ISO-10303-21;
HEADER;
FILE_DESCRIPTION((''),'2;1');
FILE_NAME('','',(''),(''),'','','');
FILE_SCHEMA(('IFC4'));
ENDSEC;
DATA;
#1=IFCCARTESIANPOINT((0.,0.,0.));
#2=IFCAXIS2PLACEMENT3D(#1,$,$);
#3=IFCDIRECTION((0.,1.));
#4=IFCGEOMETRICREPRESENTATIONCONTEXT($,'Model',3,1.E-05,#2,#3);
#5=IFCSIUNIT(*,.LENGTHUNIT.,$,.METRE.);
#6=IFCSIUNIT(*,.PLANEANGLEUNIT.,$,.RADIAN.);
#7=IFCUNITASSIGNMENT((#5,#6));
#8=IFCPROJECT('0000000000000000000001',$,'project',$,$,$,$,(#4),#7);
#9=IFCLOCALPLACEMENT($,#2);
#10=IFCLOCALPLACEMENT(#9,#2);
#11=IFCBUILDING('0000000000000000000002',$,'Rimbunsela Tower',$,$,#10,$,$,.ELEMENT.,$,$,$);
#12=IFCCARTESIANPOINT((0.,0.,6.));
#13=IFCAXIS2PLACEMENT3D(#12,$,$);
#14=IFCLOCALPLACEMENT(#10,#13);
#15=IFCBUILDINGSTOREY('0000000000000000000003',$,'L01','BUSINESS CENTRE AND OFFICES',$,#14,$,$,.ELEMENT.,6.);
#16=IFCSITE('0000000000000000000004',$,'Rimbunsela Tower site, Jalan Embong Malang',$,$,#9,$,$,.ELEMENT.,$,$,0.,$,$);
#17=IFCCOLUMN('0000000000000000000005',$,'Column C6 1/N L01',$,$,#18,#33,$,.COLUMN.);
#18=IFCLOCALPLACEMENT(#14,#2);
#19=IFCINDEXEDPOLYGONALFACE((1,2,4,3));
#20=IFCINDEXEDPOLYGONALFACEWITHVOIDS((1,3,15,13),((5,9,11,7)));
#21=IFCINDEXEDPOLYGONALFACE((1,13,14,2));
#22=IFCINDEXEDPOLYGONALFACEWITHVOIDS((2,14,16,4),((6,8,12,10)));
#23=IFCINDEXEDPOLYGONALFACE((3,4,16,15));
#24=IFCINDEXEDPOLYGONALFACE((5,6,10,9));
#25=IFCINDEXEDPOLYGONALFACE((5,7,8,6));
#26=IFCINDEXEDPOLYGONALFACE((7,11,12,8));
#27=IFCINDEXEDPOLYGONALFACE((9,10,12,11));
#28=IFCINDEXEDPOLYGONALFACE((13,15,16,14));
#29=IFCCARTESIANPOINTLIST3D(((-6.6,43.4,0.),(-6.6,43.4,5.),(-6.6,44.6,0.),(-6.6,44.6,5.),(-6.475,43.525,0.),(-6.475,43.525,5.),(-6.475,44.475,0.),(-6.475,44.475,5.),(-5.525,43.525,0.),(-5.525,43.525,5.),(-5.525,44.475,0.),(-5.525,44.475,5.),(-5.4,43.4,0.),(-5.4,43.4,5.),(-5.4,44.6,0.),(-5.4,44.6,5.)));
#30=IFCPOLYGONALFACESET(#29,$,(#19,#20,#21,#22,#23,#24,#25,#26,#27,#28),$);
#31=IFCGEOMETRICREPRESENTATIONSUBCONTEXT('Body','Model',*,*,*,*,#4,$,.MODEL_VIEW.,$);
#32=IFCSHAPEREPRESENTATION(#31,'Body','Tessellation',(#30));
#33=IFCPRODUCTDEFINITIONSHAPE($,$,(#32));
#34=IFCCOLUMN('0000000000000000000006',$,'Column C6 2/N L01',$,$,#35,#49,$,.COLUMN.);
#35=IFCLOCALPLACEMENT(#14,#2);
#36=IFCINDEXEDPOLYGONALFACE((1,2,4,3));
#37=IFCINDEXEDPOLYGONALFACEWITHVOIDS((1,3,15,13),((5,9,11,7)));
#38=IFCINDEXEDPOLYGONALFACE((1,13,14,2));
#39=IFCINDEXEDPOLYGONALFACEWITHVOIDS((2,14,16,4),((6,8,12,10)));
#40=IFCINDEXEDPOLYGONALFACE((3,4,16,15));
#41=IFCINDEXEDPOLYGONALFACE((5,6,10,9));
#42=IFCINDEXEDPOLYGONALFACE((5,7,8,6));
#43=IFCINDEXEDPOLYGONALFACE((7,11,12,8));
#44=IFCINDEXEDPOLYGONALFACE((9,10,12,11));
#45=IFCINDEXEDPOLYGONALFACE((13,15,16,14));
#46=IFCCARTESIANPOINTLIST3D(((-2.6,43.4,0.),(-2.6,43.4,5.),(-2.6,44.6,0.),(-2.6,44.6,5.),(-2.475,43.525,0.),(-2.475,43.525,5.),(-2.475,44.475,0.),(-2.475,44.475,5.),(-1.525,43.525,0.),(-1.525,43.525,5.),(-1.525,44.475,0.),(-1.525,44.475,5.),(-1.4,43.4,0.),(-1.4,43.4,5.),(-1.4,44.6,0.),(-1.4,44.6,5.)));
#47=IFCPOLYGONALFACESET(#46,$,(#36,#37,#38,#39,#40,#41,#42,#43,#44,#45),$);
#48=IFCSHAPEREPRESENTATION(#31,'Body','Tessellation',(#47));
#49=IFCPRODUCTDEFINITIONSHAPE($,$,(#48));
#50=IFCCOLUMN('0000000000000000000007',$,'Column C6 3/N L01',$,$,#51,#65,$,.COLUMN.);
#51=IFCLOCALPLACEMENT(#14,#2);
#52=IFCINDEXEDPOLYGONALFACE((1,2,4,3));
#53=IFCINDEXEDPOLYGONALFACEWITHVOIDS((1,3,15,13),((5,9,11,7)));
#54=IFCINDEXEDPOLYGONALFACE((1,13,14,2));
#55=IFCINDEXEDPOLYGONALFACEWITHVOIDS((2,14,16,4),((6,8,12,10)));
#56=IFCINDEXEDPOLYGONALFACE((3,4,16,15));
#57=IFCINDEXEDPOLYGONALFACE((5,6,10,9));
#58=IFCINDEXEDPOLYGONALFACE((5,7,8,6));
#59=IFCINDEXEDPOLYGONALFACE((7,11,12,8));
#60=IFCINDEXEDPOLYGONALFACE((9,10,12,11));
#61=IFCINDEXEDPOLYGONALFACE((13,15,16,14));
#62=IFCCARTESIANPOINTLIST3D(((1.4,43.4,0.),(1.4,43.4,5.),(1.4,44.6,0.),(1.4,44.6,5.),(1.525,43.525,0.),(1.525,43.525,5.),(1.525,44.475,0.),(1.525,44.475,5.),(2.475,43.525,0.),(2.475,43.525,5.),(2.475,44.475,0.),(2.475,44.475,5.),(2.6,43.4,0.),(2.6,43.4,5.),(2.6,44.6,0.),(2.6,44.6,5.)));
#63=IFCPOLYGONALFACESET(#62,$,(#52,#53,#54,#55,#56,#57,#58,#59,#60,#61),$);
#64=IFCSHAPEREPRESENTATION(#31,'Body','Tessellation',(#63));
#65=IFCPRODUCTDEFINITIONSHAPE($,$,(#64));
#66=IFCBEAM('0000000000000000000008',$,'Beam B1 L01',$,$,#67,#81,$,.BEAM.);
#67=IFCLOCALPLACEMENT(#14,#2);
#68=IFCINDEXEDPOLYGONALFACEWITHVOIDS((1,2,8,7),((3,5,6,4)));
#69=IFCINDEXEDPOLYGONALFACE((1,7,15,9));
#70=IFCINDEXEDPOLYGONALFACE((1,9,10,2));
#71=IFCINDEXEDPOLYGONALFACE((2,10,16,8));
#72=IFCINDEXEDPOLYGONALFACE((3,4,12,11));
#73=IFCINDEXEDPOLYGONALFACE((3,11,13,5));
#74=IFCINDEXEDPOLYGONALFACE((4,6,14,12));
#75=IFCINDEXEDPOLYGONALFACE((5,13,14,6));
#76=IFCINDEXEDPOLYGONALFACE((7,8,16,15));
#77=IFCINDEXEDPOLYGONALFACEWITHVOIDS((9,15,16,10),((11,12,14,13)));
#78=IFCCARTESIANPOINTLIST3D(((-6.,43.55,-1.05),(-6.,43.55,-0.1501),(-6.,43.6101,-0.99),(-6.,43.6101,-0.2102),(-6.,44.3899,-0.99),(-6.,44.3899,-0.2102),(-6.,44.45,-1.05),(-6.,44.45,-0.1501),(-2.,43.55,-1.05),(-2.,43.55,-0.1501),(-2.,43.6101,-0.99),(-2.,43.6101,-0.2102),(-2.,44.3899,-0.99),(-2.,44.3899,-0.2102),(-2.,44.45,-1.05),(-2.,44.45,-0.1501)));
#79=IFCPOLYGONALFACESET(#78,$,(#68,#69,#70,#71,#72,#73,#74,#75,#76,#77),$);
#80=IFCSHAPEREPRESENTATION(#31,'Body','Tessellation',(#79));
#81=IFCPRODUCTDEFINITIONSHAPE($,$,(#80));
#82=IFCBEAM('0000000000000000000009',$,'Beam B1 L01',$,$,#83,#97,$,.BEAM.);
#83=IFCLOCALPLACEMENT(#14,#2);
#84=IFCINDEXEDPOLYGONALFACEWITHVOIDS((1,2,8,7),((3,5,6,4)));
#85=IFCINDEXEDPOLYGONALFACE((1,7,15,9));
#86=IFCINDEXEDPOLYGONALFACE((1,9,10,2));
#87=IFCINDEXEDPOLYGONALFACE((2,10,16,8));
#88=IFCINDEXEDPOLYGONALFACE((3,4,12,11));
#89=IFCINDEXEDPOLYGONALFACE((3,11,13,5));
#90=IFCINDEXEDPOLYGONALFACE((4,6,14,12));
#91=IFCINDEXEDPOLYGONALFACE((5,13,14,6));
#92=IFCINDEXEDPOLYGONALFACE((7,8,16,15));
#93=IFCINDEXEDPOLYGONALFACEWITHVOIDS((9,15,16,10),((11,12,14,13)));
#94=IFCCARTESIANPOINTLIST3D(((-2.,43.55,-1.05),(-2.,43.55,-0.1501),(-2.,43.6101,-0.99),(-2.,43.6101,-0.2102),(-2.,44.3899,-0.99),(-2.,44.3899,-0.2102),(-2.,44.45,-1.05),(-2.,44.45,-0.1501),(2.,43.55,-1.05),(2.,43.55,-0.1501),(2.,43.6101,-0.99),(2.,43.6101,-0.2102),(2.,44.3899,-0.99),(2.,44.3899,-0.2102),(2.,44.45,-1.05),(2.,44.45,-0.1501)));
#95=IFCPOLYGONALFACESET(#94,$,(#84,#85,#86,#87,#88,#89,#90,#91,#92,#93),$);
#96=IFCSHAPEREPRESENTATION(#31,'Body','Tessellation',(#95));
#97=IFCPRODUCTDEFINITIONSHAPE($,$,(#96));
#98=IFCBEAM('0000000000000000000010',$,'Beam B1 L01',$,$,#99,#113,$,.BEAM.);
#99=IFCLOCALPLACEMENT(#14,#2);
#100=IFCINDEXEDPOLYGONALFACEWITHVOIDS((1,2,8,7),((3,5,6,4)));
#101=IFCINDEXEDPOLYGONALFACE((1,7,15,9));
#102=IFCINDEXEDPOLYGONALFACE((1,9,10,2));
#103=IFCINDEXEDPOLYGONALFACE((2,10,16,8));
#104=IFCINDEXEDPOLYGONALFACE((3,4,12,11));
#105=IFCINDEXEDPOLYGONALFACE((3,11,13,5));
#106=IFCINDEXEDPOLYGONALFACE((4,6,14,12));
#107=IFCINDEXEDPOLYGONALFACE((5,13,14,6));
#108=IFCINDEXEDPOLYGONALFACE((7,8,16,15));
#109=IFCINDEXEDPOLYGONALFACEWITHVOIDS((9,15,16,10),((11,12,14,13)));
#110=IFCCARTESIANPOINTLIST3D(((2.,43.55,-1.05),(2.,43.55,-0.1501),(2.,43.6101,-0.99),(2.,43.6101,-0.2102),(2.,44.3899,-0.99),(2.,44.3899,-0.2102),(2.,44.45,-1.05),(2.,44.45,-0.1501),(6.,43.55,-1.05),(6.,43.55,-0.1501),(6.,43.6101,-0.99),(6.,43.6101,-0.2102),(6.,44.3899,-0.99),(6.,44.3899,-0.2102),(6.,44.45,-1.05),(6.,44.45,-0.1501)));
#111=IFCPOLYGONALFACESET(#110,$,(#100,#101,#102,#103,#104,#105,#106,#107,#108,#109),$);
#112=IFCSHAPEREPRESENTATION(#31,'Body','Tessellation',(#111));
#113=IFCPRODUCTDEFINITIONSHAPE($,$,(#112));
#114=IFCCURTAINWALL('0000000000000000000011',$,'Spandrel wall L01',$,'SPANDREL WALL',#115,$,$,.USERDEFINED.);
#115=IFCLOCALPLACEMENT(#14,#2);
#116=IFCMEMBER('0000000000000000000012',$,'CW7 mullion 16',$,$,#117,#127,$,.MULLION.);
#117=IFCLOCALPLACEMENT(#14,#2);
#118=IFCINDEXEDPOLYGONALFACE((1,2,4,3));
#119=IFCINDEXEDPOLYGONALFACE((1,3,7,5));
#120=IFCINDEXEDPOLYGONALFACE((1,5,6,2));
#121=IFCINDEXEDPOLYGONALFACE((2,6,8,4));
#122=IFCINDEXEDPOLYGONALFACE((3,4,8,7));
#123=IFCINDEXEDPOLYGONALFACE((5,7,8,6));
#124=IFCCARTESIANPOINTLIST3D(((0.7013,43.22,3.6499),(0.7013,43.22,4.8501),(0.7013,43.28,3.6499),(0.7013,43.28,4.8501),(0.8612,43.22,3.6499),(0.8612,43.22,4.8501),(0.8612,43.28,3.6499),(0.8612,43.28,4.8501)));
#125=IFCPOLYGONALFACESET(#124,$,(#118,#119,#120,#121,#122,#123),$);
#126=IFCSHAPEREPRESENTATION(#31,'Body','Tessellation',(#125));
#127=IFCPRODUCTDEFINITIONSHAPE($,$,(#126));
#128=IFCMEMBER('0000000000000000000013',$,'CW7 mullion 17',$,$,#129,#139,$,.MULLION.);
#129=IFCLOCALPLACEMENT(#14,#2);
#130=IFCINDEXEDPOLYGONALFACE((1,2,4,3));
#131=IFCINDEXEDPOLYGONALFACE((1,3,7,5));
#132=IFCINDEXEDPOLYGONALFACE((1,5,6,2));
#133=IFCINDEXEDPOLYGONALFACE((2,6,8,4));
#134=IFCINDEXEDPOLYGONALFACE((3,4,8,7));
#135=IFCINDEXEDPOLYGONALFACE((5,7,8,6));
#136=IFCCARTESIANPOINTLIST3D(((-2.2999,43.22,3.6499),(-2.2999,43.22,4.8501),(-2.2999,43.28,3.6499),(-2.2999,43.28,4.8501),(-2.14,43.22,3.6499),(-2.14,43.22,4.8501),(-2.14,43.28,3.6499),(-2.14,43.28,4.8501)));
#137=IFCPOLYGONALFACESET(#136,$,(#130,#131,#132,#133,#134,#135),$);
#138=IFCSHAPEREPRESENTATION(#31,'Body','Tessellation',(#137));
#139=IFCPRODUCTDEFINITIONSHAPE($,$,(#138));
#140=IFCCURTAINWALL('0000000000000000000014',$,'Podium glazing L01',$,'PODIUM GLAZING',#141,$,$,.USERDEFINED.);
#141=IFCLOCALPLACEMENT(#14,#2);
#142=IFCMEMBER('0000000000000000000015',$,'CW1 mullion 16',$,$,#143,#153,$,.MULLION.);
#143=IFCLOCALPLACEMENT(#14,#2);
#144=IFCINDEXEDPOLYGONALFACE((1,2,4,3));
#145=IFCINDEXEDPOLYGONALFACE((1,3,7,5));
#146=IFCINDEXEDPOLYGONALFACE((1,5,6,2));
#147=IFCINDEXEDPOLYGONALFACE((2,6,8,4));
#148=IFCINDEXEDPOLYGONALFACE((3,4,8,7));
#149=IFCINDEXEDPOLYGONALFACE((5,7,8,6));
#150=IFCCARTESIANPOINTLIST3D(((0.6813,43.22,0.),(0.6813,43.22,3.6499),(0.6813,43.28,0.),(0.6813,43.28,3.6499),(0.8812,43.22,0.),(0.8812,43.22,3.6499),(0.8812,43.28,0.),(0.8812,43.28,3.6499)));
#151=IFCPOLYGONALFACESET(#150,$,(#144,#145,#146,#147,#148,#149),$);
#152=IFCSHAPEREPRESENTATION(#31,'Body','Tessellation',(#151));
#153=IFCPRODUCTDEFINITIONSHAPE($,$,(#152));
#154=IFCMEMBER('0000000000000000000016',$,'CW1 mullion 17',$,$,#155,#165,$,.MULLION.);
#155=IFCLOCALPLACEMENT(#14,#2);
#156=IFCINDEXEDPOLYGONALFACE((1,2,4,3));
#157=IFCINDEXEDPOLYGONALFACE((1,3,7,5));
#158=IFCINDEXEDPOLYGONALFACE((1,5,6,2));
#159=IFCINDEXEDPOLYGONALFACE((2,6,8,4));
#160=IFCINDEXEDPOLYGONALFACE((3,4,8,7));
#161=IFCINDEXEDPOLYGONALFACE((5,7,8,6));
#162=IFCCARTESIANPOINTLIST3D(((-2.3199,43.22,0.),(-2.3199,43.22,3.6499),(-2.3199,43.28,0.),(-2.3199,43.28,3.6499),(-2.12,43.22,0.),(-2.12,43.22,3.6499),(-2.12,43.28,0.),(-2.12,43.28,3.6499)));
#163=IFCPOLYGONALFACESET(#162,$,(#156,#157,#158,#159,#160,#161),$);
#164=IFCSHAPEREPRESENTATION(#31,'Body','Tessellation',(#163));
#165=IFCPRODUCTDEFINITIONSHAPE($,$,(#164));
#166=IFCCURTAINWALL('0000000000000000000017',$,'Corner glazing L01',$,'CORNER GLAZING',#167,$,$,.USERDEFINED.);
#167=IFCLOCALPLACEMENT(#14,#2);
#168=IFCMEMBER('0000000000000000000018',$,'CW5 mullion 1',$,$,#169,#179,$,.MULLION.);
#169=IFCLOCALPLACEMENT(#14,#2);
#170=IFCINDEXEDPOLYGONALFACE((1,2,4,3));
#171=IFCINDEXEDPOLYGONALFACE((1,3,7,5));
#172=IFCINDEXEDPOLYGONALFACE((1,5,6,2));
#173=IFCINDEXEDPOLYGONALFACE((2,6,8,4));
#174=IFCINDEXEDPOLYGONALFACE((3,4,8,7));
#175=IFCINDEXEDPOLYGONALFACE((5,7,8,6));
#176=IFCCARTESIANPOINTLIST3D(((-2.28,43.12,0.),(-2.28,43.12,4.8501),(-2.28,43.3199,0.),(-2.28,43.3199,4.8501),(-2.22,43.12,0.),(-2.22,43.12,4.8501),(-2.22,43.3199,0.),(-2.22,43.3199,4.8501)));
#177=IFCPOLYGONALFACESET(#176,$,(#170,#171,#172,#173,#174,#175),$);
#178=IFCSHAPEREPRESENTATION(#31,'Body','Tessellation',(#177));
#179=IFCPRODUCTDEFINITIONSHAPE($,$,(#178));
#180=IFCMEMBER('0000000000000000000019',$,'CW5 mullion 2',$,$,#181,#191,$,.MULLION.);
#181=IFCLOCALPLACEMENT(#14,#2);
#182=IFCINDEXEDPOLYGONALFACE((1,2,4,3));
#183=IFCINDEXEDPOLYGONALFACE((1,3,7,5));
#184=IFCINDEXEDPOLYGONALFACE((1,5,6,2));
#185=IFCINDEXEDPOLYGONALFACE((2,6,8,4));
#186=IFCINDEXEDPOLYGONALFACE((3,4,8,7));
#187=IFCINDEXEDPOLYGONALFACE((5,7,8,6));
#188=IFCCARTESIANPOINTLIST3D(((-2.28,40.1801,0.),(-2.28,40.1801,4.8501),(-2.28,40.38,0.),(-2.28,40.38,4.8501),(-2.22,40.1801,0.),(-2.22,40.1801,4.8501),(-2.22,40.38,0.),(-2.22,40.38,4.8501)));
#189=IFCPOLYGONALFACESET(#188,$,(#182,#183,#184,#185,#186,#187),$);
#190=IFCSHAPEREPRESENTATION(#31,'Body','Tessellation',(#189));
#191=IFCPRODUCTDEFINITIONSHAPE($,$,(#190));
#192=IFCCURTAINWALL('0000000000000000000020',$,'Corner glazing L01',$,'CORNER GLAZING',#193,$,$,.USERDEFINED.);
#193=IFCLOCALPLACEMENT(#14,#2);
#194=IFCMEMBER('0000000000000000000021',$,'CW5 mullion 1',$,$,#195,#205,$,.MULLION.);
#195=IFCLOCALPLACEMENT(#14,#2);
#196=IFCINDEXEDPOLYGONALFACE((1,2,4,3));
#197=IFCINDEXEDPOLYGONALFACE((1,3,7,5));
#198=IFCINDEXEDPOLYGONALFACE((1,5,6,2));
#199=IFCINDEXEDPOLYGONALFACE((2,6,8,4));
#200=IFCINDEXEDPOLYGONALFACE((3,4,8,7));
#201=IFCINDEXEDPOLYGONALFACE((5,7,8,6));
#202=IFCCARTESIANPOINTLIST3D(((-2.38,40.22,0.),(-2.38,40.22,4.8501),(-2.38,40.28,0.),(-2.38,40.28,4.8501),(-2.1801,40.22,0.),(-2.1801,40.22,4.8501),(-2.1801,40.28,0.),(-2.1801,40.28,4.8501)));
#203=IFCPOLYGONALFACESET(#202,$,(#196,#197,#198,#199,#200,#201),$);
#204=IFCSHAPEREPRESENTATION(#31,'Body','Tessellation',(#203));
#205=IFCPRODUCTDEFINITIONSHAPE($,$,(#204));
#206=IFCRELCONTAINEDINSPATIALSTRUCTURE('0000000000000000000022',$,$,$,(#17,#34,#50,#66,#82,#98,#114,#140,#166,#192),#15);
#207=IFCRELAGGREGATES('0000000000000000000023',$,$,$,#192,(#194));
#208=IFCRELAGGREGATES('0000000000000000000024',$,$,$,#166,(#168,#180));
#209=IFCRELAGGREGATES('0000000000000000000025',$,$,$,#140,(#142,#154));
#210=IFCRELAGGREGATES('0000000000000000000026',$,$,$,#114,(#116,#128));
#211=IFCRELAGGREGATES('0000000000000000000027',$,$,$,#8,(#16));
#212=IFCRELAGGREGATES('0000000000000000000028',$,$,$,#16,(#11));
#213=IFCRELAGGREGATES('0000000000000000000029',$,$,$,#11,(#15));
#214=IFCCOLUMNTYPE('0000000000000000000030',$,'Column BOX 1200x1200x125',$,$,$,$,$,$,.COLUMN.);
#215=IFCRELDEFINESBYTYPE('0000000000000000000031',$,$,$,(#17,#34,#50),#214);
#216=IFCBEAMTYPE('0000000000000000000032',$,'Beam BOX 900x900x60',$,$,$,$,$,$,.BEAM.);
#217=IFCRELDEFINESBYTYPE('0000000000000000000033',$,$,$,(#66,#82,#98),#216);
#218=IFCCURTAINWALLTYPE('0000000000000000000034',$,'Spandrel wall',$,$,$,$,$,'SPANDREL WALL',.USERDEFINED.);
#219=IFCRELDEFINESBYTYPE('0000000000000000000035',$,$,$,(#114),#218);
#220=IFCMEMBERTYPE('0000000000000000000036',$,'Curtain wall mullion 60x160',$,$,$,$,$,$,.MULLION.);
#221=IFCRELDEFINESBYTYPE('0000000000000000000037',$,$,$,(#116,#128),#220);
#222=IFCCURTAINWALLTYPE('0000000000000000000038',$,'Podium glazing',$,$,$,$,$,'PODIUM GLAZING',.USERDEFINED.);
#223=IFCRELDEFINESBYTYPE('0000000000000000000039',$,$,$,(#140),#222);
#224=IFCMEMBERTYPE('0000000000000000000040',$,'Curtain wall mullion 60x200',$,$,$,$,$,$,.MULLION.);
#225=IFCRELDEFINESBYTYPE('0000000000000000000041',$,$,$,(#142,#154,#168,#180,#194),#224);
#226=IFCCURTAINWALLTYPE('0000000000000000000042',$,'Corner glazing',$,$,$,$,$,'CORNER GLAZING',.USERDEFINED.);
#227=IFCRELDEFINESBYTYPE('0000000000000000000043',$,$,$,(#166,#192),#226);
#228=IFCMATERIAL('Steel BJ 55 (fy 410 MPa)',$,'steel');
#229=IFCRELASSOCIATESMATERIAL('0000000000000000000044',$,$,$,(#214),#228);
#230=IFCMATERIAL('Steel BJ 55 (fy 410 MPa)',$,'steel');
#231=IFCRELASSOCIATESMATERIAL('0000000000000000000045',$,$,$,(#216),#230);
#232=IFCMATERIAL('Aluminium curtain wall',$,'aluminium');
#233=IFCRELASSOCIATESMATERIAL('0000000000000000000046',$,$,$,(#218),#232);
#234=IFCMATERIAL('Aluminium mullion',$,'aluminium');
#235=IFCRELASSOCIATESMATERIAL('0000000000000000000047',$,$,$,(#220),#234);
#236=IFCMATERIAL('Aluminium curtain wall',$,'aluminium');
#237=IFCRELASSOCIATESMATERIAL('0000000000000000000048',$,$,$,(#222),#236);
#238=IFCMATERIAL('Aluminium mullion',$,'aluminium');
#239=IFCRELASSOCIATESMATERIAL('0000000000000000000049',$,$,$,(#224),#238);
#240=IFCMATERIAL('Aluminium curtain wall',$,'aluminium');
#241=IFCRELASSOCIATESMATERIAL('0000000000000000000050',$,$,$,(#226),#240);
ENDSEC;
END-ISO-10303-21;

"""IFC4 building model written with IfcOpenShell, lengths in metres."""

from ifc_helpers import new_model, si_unit, direction, frame, origin, origin_2d, place, context, subcontext, project, spatial, rectangle, hollow_rectangle, extrude, material, material_profile, profile_set, type_object, element, aggregate, save


model = new_model("IFC4")

# Units and contexts
model_context = context("Model", 3, precision=1e-05, world=origin(), true_north=direction((0.0, 1.0)))
body_context = subcontext(model_context, "Body", "Model", "MODEL_VIEW")
ifc_project = project(units=[si_unit("LENGTHUNIT", "METRE"), si_unit("PLANEANGLEUNIT", "RADIAN")], contexts=[model_context])

# Site, building, storey
site_placement = place(None, origin())
site = spatial("IfcSite", under=ifc_project, at=site_placement, Name="Rimbunsela Tower site, Jalan Embong Malang", CompositionType="ELEMENT", RefElevation=0.0)
building_placement = place(site_placement, origin())
building = spatial("IfcBuilding", under=site, at=building_placement, Name="Rimbunsela Tower", CompositionType="ELEMENT")
storey_placement = place(building_placement, frame((0.0, 0.0, 6.0)))
storey = spatial("IfcBuildingStorey", under=building, at=storey_placement, Name="L01", Description="BUSINESS CENTRE AND OFFICES", CompositionType="ELEMENT", Elevation=6.0)

# Columns
ifc_material_1 = material(Name="Steel BJ 55 (fy 410 MPa)", Category="steel")
ifc_material_profile_1 = material_profile(ifc_material_1, hollow_rectangle(XDim=1.2, YDim=1.2, WallThickness=0.125, at=origin_2d()), Name="BOX 1200x1200x125")
ifc_profile_set_1 = profile_set([ifc_material_profile_1], Name="Steel BJ 55 (fy 410 MPa)")
column_type = type_object("IfcColumnType", Name="Column BOX 1200x1200x125", PredefinedType="COLUMN", material=ifc_profile_set_1)
for number, where, z_axis, x_axis, name in (
    (1, (-6.0, 44.0, 0.0), (0.0, 0.0, 1.0), (1.0, 0.0, 0.0), "Column C6 1/N L01"),
    (2, (-2.0, 44.0, 0.0), (0.0, 0.0, 1.0), (1.0, 0.0, 0.0), "Column C6 2/N L01"),
    (3, (2.0, 44.0, 0.0), (0.0, 0.0, 1.0), (1.0, 0.0, 0.0), "Column C6 3/N L01"),
):
    element("IfcColumn", number, at=place(storey_placement, frame(where, z_axis=z_axis, x_axis=x_axis)), inside=storey, type_object=column_type, Name=name, PredefinedType="COLUMN", context=body_context, shape_type="SweptSolid", body=[
        extrude(hollow_rectangle(XDim=1.2, YDim=1.2, WallThickness=0.125, at=origin_2d()), origin(), (0.0, 0.0, 1.0), 5.0),
    ])

# Beams
ifc_material_2 = material(Name="Steel BJ 55 (fy 410 MPa)", Category="steel")
ifc_material_profile_2 = material_profile(ifc_material_2, hollow_rectangle(XDim=0.8999, YDim=0.8999, WallThickness=0.0601, at=origin_2d()), Name="BOX 900x900x60")
ifc_profile_set_2 = profile_set([ifc_material_profile_2], Name="Steel BJ 55 (fy 410 MPa)")
beam_type = type_object("IfcBeamType", Name="Beam BOX 900x900x60", PredefinedType="BEAM", material=ifc_profile_set_2)
for number, where, z_axis, x_axis, name in (
    (4, (-6.0, 44.0, -0.6001), (1.0, 0.0, 0.0), (0.0, 1.0, 0.0), "Beam B1 L01"),
    (5, (-2.0, 44.0, -0.6001), (1.0, 0.0, 0.0), (0.0, 1.0, 0.0), "Beam B1 L01"),
    (6, (2.0, 44.0, -0.6001), (1.0, 0.0, 0.0), (0.0, 1.0, 0.0), "Beam B1 L01"),
):
    element("IfcBeam", number, at=place(storey_placement, frame(where, z_axis=z_axis, x_axis=x_axis)), inside=storey, type_object=beam_type, Name=name, PredefinedType="BEAM", context=body_context, shape_type="SweptSolid", body=[
        extrude(hollow_rectangle(XDim=0.8999, YDim=0.8999, WallThickness=0.0601, at=origin_2d()), origin(), (0.0, 0.0, 1.0), 4.0),
    ])

# Curtain walls, members
ifc_material_3 = material(Name="Aluminium curtain wall", Category="aluminium")
curtain_wall_type_1 = type_object("IfcCurtainWallType", Name="Spandrel wall", ElementType="SPANDREL WALL", PredefinedType="USERDEFINED", material=ifc_material_3)
curtain_wall_1_placement = place(storey_placement, origin())
curtain_wall_1 = element("IfcCurtainWall", 7, at=curtain_wall_1_placement, inside=storey, type_object=curtain_wall_type_1, Name="Spandrel wall L01", ObjectType="SPANDREL WALL", PredefinedType="USERDEFINED")
ifc_material_4 = material(Name="Aluminium mullion", Category="aluminium")
ifc_material_profile_3 = material_profile(ifc_material_4, rectangle(XDim=0.0601, YDim=0.1599, at=origin_2d()), Name="Mullion 60x160")
ifc_profile_set_3 = profile_set([ifc_material_profile_3], Name="Aluminium mullion")
member_type_1 = type_object("IfcMemberType", Name="Curtain wall mullion 60x160", PredefinedType="MULLION", material=ifc_profile_set_3)
member_1_placement = place(storey_placement, frame((0.7812, 43.25, 3.6499), z_axis=(0.0, 0.0, 1.0), x_axis=(0.0, -1.0, 0.0)))
member_1 = element("IfcMember", 8, at=member_1_placement, type_object=member_type_1, Name="CW7 mullion 16", PredefinedType="MULLION", context=body_context, shape_type="SweptSolid", body=[
    extrude(rectangle(XDim=0.0601, YDim=0.1599, at=origin_2d()), origin(), (0.0, 0.0, 1.0), 1.2002),
])
member_2_placement = place(storey_placement, frame((-2.22, 43.25, 3.6499), z_axis=(0.0, 0.0, 1.0), x_axis=(0.0, -1.0, 0.0)))
member_2 = element("IfcMember", 9, at=member_2_placement, type_object=member_type_1, Name="CW7 mullion 17", PredefinedType="MULLION", context=body_context, shape_type="SweptSolid", body=[
    extrude(rectangle(XDim=0.0601, YDim=0.1599, at=origin_2d()), origin(), (0.0, 0.0, 1.0), 1.2002),
])
ifc_material_5 = material(Name="Aluminium curtain wall", Category="aluminium")
curtain_wall_type_2 = type_object("IfcCurtainWallType", Name="Podium glazing", ElementType="PODIUM GLAZING", PredefinedType="USERDEFINED", material=ifc_material_5)
curtain_wall_2_placement = place(storey_placement, origin())
curtain_wall_2 = element("IfcCurtainWall", 10, at=curtain_wall_2_placement, inside=storey, type_object=curtain_wall_type_2, Name="Podium glazing L01", ObjectType="PODIUM GLAZING", PredefinedType="USERDEFINED")
ifc_material_6 = material(Name="Aluminium mullion", Category="aluminium")
ifc_material_profile_4 = material_profile(ifc_material_6, rectangle(XDim=0.0601, YDim=0.2, at=origin_2d()), Name="Mullion 60x200")
ifc_profile_set_4 = profile_set([ifc_material_profile_4], Name="Aluminium mullion")
member_type_2 = type_object("IfcMemberType", Name="Curtain wall mullion 60x200", PredefinedType="MULLION", material=ifc_profile_set_4)
member_3_placement = place(storey_placement, frame((0.7812, 43.25, 0.0), z_axis=(0.0, 0.0, 1.0), x_axis=(0.0, -1.0, 0.0)))
member_3 = element("IfcMember", 11, at=member_3_placement, type_object=member_type_2, Name="CW1 mullion 16", PredefinedType="MULLION", context=body_context, shape_type="SweptSolid", body=[
    extrude(rectangle(XDim=0.0601, YDim=0.2, at=origin_2d()), origin(), (0.0, 0.0, 1.0), 3.6499),
])
member_4_placement = place(storey_placement, frame((-2.22, 43.25, 0.0), z_axis=(0.0, 0.0, 1.0), x_axis=(0.0, -1.0, 0.0)))
member_4 = element("IfcMember", 12, at=member_4_placement, type_object=member_type_2, Name="CW1 mullion 17", PredefinedType="MULLION", context=body_context, shape_type="SweptSolid", body=[
    extrude(rectangle(XDim=0.0601, YDim=0.2, at=origin_2d()), origin(), (0.0, 0.0, 1.0), 3.6499),
])
ifc_material_7 = material(Name="Aluminium curtain wall", Category="aluminium")
curtain_wall_type_3 = type_object("IfcCurtainWallType", Name="Corner glazing", ElementType="CORNER GLAZING", PredefinedType="USERDEFINED", material=ifc_material_7)
curtain_wall_3_placement = place(storey_placement, origin())
curtain_wall_3 = element("IfcCurtainWall", 13, at=curtain_wall_3_placement, inside=storey, type_object=curtain_wall_type_3, Name="Corner glazing L01", ObjectType="CORNER GLAZING", PredefinedType="USERDEFINED")
member_5_placement = place(storey_placement, frame((-2.25, 43.22, 0.0), z_axis=(0.0, 0.0, 1.0), x_axis=(1.0, 0.0, 0.0)))
member_5 = element("IfcMember", 14, at=member_5_placement, type_object=member_type_2, Name="CW5 mullion 1", PredefinedType="MULLION", context=body_context, shape_type="SweptSolid", body=[
    extrude(rectangle(XDim=0.0601, YDim=0.2, at=origin_2d()), origin(), (0.0, 0.0, 1.0), 4.8501),
])
member_6_placement = place(storey_placement, frame((-2.25, 40.28, 0.0), z_axis=(0.0, 0.0, 1.0), x_axis=(1.0, 0.0, 0.0)))
member_6 = element("IfcMember", 15, at=member_6_placement, type_object=member_type_2, Name="CW5 mullion 2", PredefinedType="MULLION", context=body_context, shape_type="SweptSolid", body=[
    extrude(rectangle(XDim=0.0601, YDim=0.2, at=origin_2d()), origin(), (0.0, 0.0, 1.0), 4.8501),
])

# Curtain wall, member
curtain_wall_4_placement = place(storey_placement, origin())
curtain_wall_4 = element("IfcCurtainWall", 16, at=curtain_wall_4_placement, inside=storey, type_object=curtain_wall_type_3, Name="Corner glazing L01", ObjectType="CORNER GLAZING", PredefinedType="USERDEFINED")
member_7_placement = place(storey_placement, frame((-2.28, 40.25, 0.0), z_axis=(0.0, 0.0, 1.0), x_axis=(0.0, -1.0, 0.0)))
member_7 = element("IfcMember", 17, at=member_7_placement, type_object=member_type_2, Name="CW5 mullion 1", PredefinedType="MULLION", context=body_context, shape_type="SweptSolid", body=[
    extrude(rectangle(XDim=0.0601, YDim=0.2, at=origin_2d()), origin(), (0.0, 0.0, 1.0), 4.8501),
])

aggregate(curtain_wall_4, [member_7])

aggregate(curtain_wall_3, [member_5, member_6])
aggregate(curtain_wall_2, [member_3, member_4])
aggregate(curtain_wall_1, [member_1, member_2])

save(model, "model.ifc")
